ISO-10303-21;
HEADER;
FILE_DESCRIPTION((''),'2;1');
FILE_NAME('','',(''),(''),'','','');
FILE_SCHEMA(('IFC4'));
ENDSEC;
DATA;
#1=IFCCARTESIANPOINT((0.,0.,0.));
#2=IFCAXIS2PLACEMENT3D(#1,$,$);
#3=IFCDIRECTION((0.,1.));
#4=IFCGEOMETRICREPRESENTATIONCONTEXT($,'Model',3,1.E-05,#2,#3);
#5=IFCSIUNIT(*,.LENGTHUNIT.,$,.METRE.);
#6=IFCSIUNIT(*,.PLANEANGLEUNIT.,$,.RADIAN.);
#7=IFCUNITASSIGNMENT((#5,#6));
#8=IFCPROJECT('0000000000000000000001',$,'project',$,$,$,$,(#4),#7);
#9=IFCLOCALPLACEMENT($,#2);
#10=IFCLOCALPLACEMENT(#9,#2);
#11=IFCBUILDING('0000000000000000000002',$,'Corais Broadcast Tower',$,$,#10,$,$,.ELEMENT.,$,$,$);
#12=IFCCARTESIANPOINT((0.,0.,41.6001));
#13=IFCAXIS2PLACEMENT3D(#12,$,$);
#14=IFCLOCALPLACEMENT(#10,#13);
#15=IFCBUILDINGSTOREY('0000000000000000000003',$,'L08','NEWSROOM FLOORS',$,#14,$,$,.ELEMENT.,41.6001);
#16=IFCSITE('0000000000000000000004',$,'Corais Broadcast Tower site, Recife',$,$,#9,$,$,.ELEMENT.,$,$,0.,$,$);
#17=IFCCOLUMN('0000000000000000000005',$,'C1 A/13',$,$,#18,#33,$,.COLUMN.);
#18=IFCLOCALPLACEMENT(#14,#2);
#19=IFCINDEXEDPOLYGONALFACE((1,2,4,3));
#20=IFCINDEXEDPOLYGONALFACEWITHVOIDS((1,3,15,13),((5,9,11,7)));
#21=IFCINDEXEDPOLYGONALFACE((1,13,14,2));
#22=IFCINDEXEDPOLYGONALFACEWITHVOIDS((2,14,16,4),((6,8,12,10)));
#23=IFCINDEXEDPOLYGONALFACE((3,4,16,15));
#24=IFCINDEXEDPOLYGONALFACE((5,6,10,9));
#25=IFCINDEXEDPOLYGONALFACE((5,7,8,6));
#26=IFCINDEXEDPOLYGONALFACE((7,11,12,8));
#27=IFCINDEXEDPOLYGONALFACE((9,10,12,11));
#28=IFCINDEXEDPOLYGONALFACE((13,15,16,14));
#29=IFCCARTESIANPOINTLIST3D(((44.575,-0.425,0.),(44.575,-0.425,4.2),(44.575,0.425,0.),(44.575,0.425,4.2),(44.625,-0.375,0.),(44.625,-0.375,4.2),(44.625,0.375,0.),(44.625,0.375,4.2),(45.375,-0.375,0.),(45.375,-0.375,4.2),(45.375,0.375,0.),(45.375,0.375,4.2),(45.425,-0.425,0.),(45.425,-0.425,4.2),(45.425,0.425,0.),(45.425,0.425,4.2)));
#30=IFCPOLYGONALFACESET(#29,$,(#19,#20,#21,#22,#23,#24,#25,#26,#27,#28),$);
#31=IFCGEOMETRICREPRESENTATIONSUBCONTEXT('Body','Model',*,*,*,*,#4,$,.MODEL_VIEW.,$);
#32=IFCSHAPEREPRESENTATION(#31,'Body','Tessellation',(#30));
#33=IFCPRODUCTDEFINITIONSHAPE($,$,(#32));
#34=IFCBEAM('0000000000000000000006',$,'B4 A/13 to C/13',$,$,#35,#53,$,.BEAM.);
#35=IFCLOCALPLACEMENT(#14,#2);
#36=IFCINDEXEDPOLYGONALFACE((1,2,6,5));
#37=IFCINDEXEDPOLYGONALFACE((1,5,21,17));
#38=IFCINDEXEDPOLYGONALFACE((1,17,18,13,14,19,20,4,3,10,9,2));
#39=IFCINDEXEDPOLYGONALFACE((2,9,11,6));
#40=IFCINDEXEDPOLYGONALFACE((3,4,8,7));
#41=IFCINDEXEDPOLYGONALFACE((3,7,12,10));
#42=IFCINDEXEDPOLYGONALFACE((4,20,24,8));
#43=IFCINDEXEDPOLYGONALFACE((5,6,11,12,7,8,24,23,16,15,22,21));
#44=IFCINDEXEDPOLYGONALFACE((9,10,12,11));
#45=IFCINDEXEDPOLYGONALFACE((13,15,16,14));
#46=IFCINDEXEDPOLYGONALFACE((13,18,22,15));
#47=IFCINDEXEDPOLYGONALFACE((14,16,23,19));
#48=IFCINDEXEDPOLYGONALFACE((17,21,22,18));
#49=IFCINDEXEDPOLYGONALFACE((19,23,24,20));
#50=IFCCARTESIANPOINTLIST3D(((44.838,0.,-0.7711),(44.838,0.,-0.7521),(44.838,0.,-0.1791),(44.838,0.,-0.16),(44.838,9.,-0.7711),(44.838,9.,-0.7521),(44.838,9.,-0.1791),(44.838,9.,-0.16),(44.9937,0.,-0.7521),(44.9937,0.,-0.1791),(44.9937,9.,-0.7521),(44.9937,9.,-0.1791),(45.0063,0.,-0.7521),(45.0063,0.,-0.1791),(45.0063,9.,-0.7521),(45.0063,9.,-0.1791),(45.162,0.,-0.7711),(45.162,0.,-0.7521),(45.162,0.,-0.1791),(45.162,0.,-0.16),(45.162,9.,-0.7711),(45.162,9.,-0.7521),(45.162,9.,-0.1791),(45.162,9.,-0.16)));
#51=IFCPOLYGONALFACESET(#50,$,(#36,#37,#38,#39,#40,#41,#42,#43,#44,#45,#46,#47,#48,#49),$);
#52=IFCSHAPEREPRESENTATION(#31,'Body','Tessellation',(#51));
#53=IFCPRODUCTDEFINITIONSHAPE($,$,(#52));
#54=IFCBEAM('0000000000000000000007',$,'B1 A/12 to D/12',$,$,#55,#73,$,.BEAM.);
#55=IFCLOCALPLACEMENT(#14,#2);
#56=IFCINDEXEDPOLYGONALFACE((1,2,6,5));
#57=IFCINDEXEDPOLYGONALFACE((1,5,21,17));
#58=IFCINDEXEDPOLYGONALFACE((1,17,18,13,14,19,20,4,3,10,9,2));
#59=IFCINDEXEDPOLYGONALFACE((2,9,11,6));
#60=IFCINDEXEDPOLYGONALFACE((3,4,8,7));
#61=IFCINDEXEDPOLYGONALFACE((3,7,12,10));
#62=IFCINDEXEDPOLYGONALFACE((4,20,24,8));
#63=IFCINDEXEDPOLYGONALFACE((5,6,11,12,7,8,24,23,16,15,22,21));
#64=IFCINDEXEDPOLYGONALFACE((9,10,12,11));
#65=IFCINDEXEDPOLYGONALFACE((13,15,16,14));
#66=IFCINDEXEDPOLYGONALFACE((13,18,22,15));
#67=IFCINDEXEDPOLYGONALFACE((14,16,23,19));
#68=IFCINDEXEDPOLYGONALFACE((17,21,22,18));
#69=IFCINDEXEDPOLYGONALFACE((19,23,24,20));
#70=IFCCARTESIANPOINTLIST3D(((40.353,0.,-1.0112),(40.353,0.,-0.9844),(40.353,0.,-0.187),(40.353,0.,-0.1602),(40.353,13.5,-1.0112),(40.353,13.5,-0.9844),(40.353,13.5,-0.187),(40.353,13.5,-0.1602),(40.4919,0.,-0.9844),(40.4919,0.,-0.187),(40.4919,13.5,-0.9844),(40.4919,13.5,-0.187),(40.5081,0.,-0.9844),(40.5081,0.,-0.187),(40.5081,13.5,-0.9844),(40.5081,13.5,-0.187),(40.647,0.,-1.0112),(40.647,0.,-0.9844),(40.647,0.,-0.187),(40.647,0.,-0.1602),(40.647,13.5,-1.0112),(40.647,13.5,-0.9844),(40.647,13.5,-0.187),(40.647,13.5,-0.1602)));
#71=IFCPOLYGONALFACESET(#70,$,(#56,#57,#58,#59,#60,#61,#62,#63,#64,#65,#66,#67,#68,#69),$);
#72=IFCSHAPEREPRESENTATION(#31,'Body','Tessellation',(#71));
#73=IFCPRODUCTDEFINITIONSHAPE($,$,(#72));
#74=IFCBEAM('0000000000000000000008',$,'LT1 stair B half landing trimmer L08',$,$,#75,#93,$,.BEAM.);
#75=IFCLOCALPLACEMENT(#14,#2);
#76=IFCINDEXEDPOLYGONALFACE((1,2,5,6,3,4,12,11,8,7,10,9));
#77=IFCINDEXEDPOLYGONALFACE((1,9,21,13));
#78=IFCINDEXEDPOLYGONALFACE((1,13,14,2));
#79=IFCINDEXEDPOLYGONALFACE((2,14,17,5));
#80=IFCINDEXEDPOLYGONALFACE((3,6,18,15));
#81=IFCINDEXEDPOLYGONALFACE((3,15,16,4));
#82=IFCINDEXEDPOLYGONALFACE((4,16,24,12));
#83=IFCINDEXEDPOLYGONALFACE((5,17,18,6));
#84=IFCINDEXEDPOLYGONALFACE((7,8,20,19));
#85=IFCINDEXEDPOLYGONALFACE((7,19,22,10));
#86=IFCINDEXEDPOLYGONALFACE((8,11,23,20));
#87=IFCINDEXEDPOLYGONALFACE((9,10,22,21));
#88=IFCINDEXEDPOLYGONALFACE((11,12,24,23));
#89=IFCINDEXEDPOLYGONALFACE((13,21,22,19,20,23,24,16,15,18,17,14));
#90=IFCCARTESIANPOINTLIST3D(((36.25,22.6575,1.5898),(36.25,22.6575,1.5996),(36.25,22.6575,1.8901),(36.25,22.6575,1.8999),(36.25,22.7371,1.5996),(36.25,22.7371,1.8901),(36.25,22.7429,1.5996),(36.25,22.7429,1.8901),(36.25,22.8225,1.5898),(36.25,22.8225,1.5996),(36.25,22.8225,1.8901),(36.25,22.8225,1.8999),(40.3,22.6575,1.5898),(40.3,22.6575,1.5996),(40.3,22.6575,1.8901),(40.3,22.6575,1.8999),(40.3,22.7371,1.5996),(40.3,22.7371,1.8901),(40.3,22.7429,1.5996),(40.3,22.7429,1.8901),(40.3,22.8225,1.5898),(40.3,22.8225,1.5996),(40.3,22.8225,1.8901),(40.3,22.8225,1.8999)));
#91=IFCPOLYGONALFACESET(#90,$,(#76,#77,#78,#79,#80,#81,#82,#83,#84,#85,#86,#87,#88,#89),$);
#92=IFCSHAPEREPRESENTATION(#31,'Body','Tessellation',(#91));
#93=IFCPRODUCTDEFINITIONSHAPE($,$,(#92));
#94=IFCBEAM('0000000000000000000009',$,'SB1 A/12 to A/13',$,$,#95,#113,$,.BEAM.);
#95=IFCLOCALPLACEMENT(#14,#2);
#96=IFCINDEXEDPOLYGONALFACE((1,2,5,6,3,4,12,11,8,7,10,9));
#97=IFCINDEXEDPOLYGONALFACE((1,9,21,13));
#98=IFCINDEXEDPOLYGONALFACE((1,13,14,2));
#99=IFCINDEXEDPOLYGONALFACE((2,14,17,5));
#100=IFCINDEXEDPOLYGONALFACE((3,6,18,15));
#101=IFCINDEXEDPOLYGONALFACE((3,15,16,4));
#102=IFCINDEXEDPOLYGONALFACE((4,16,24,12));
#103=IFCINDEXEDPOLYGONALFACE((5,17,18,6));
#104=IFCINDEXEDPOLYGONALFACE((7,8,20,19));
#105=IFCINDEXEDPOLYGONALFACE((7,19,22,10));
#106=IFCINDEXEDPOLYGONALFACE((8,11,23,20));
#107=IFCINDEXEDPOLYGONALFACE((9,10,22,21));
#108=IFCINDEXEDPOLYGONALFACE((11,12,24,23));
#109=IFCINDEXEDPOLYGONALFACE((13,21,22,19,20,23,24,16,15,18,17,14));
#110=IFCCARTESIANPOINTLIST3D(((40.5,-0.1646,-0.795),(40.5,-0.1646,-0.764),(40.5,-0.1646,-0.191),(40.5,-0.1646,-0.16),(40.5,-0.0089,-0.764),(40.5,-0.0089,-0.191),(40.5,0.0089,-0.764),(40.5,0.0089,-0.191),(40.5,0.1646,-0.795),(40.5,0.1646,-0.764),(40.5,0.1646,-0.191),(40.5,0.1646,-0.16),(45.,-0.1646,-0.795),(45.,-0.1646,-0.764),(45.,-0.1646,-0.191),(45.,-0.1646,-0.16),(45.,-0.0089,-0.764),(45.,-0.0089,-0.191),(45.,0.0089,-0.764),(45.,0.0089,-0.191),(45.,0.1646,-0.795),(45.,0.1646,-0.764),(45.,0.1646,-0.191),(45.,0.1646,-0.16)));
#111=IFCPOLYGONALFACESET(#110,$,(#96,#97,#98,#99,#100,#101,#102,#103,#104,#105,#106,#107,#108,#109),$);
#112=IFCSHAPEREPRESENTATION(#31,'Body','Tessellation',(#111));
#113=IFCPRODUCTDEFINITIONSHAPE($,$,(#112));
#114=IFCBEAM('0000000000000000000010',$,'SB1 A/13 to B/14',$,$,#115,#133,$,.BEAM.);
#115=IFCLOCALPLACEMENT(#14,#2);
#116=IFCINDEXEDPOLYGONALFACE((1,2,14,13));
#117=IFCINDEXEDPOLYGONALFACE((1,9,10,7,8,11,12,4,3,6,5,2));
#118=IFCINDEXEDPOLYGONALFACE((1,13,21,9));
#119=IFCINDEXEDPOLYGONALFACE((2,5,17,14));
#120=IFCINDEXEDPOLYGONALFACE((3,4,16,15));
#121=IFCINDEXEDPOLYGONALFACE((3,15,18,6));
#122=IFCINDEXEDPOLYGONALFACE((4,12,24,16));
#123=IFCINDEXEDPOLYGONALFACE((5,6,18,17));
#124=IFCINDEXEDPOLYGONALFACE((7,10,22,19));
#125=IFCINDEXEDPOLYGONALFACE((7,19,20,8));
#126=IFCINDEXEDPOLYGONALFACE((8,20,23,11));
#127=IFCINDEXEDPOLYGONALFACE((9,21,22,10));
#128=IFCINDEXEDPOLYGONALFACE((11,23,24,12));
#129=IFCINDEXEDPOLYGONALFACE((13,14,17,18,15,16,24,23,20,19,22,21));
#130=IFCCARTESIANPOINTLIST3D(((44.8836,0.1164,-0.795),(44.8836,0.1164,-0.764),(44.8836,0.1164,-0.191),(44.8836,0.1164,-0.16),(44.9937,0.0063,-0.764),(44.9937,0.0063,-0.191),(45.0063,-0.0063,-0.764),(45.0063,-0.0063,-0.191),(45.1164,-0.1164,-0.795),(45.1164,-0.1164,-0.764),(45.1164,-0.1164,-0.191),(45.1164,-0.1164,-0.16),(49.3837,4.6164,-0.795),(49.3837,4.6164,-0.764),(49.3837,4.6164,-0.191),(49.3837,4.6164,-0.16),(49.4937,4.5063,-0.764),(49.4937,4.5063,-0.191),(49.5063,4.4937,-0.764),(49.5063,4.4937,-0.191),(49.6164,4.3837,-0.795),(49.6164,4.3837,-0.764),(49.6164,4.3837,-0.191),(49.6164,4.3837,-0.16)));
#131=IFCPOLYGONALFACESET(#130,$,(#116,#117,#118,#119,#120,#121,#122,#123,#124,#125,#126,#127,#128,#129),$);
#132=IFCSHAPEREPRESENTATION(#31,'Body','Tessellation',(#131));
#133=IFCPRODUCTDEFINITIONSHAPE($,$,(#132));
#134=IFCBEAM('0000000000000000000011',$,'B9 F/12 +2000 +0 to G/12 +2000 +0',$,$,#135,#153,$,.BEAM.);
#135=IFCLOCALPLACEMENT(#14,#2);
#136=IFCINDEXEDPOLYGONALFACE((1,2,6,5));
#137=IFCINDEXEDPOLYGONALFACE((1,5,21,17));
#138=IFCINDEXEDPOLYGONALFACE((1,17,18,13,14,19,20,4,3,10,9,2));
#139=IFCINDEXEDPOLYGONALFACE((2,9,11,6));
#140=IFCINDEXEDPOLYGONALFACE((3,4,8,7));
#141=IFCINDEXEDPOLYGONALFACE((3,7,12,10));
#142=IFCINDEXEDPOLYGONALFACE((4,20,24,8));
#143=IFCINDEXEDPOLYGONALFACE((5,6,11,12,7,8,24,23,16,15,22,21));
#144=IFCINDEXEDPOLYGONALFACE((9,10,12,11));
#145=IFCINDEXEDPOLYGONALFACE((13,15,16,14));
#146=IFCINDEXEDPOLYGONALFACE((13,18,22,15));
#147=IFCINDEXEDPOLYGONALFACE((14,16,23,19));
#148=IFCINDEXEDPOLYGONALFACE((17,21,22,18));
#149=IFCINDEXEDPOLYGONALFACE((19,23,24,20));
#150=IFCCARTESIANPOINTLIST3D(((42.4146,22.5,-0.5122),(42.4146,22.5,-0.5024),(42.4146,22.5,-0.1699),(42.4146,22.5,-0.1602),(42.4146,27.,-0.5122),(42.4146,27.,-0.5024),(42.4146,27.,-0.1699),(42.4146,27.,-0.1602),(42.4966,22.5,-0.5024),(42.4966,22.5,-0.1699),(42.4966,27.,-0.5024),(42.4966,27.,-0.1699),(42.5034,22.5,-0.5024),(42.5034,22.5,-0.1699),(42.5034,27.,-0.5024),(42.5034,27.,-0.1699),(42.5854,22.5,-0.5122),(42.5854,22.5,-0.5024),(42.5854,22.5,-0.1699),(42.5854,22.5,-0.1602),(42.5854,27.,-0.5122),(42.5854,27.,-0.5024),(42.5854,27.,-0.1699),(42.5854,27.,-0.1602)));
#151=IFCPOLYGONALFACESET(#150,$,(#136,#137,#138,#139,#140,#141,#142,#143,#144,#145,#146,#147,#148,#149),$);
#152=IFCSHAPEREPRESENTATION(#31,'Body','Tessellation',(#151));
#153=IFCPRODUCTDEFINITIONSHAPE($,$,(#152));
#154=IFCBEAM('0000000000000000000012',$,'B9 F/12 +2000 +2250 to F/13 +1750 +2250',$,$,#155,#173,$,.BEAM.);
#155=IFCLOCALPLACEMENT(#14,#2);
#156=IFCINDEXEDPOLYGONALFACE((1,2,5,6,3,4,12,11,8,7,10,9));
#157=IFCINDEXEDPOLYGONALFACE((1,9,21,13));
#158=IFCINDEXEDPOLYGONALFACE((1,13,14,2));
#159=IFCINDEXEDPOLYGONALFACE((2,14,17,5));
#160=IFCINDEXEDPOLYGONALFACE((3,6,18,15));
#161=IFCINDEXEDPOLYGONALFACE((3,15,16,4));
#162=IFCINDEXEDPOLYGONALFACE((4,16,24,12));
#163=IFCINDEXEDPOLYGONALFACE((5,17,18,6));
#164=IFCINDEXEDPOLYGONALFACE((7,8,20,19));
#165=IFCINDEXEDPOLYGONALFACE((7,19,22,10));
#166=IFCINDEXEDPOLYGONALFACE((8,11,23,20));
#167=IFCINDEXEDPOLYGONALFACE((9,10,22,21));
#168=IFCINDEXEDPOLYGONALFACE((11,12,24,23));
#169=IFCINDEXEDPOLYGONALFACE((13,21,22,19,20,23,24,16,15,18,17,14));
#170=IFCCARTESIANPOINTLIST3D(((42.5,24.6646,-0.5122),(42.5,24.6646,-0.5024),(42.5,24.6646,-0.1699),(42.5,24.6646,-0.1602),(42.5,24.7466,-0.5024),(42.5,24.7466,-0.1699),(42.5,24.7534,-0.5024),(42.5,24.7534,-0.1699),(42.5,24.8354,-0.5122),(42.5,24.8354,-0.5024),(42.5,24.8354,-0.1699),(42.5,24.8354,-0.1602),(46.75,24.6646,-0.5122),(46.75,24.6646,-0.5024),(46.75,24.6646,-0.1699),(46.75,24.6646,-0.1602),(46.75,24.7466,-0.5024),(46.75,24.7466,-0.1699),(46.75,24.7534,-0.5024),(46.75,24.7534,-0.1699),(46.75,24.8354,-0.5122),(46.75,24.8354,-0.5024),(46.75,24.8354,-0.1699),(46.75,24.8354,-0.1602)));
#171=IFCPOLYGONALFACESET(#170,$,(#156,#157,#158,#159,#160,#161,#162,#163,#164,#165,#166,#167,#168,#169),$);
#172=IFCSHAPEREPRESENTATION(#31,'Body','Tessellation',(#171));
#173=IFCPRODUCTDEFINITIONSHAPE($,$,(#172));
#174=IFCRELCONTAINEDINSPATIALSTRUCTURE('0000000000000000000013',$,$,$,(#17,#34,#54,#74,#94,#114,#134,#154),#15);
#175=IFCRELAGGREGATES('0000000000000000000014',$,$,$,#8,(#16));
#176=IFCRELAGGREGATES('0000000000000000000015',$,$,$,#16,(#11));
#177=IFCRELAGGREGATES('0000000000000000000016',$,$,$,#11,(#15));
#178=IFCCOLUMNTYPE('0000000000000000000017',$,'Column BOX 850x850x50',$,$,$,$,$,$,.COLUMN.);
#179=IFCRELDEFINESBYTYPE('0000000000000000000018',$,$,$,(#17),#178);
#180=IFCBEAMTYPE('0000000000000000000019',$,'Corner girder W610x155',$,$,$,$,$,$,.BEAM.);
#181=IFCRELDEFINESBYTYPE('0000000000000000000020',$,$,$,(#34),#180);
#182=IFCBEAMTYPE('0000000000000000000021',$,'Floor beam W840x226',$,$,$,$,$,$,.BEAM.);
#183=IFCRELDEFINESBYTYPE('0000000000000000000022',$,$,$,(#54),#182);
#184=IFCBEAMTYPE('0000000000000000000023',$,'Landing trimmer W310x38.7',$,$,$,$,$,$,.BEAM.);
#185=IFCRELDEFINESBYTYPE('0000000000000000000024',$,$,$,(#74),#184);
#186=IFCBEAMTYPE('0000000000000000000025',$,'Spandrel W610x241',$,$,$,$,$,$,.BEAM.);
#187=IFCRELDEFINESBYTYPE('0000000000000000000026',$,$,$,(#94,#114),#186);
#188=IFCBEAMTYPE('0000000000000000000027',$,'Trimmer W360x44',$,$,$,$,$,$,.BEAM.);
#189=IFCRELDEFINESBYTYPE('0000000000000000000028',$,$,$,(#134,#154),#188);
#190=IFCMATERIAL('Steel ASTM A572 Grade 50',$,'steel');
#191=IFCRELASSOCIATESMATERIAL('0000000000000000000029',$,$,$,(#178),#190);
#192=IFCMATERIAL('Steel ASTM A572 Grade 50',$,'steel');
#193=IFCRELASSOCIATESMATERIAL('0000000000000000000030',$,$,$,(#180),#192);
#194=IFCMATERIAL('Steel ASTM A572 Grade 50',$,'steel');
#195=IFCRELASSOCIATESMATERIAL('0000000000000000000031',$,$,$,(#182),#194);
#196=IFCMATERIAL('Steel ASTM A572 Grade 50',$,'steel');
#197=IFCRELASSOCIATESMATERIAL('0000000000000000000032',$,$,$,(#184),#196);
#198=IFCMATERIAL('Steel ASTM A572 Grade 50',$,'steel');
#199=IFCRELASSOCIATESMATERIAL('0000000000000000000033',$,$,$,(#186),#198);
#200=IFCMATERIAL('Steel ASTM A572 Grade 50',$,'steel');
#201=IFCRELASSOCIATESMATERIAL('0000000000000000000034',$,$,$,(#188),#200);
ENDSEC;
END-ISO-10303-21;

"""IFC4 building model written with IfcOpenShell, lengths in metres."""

from ifc_helpers import new_model, si_unit, direction, frame, origin, origin_2d, place, context, subcontext, project, spatial, hollow_rectangle, i_section, extrude, material, material_profile, profile_set, type_object, element, save


model = new_model("IFC4")

# Units and contexts
model_context = context("Model", 3, precision=1e-05, world=origin(), true_north=direction((0.0, 1.0)))
body_context = subcontext(model_context, "Body", "Model", "MODEL_VIEW")
ifc_project = project(units=[si_unit("LENGTHUNIT", "METRE"), si_unit("PLANEANGLEUNIT", "RADIAN")], contexts=[model_context])

# Site, building, storey
site_placement = place(None, origin())
site = spatial("IfcSite", under=ifc_project, at=site_placement, Name="Corais Broadcast Tower site, Recife", CompositionType="ELEMENT", RefElevation=0.0)
building_placement = place(site_placement, origin())
building = spatial("IfcBuilding", under=site, at=building_placement, Name="Corais Broadcast Tower", CompositionType="ELEMENT")
storey_placement = place(building_placement, frame((0.0, 0.0, 41.6001)))
storey = spatial("IfcBuildingStorey", under=building, at=storey_placement, Name="L08", Description="NEWSROOM FLOORS", CompositionType="ELEMENT", Elevation=41.6001)

# Column
ifc_material_1 = material(Name="Steel ASTM A572 Grade 50", Category="steel")
ifc_material_profile_1 = material_profile(ifc_material_1, hollow_rectangle(XDim=0.8501, YDim=0.8501, WallThickness=0.05, at=origin_2d()), Name="BOX 850x850x50")
ifc_profile_set_1 = profile_set([ifc_material_profile_1], Name="Steel ASTM A572 Grade 50")
column_type = type_object("IfcColumnType", Name="Column BOX 850x850x50", PredefinedType="COLUMN", material=ifc_profile_set_1)
column_placement = place(storey_placement, frame((45.0, 0.0, 0.0), z_axis=(0.0, 0.0, 1.0), x_axis=(1.0, 0.0, 0.0)))
element("IfcColumn", 1, at=column_placement, inside=storey, type_object=column_type, Name="C1 A/13", PredefinedType="COLUMN", context=body_context, shape_type="SweptSolid", body=[
    extrude(hollow_rectangle(XDim=0.8501, YDim=0.8501, WallThickness=0.05, at=origin_2d()), origin(), (0.0, 0.0, 1.0), 4.2),
])

# Beams
ifc_material_2 = material(Name="Steel ASTM A572 Grade 50", Category="steel")
ifc_material_profile_2 = material_profile(ifc_material_2, i_section(OverallWidth=0.324, OverallDepth=0.6111, WebThickness=0.0127, FlangeThickness=0.019, at=origin_2d()), Name="W610x155")
ifc_profile_set_2 = profile_set([ifc_material_profile_2], Name="Steel ASTM A572 Grade 50")
beam_type_1 = type_object("IfcBeamType", Name="Corner girder W610x155", PredefinedType="BEAM", material=ifc_profile_set_2)
beam_1_placement = place(storey_placement, frame((45.0, 0.0, -0.4656), z_axis=(0.0, 1.0, 0.0), x_axis=(-1.0, 0.0, 0.0)))
element("IfcBeam", 2, at=beam_1_placement, inside=storey, type_object=beam_type_1, Name="B4 A/13 to C/13", PredefinedType="BEAM", context=body_context, shape_type="SweptSolid", body=[
    extrude(i_section(OverallWidth=0.324, OverallDepth=0.6111, WebThickness=0.0127, FlangeThickness=0.019, at=origin_2d()), origin(), (0.0, 0.0, 1.0), 9.0),
])
ifc_material_3 = material(Name="Steel ASTM A572 Grade 50", Category="steel")
ifc_material_profile_3 = material_profile(ifc_material_3, i_section(OverallWidth=0.2939, OverallDepth=0.8511, WebThickness=0.0161, FlangeThickness=0.0269, at=origin_2d()), Name="W840x226")
ifc_profile_set_3 = profile_set([ifc_material_profile_3], Name="Steel ASTM A572 Grade 50")
beam_type_2 = type_object("IfcBeamType", Name="Floor beam W840x226", PredefinedType="BEAM", material=ifc_profile_set_3)
beam_2_placement = place(storey_placement, frame((40.5, 0.0, -0.5857), z_axis=(0.0, 1.0, 0.0), x_axis=(-1.0, 0.0, 0.0)))
element("IfcBeam", 3, at=beam_2_placement, inside=storey, type_object=beam_type_2, Name="B1 A/12 to D/12", PredefinedType="BEAM", context=body_context, shape_type="SweptSolid", body=[
    extrude(i_section(OverallWidth=0.2939, OverallDepth=0.8511, WebThickness=0.0161, FlangeThickness=0.0269, at=origin_2d()), origin(), (0.0, 0.0, 1.0), 13.5),
])
ifc_material_4 = material(Name="Steel ASTM A572 Grade 50", Category="steel")
ifc_material_profile_4 = material_profile(ifc_material_4, i_section(OverallWidth=0.165, OverallDepth=0.3101, WebThickness=0.0059, FlangeThickness=0.0098, at=origin_2d()), Name="W310x38.7")
ifc_profile_set_4 = profile_set([ifc_material_profile_4], Name="Steel ASTM A572 Grade 50")
beam_type_3 = type_object("IfcBeamType", Name="Landing trimmer W310x38.7", PredefinedType="BEAM", material=ifc_profile_set_4)
beam_3_placement = place(storey_placement, frame((36.25, 22.74, 1.7449), z_axis=(1.0, 0.0, 0.0), x_axis=(0.0, 1.0, 0.0)))
element("IfcBeam", 4, at=beam_3_placement, inside=storey, type_object=beam_type_3, Name="LT1 stair B half landing trimmer L08", PredefinedType="BEAM", context=body_context, shape_type="SweptSolid", body=[
    extrude(i_section(OverallWidth=0.165, OverallDepth=0.3101, WebThickness=0.0059, FlangeThickness=0.0098, at=origin_2d()), origin(), (0.0, 0.0, 1.0), 4.05),
])
ifc_material_5 = material(Name="Steel ASTM A572 Grade 50", Category="steel")
ifc_material_profile_5 = material_profile(ifc_material_5, i_section(OverallWidth=0.3291, OverallDepth=0.635, WebThickness=0.0178, FlangeThickness=0.031, at=origin_2d()), Name="W610x241")
ifc_profile_set_5 = profile_set([ifc_material_profile_5], Name="Steel ASTM A572 Grade 50")
beam_type_4 = type_object("IfcBeamType", Name="Spandrel W610x241", PredefinedType="BEAM", material=ifc_profile_set_5)
beam_4_placement = place(storey_placement, frame((40.5, 0.0, -0.4775), z_axis=(1.0, 0.0, 0.0), x_axis=(0.0, 1.0, 0.0)))
element("IfcBeam", 5, at=beam_4_placement, inside=storey, type_object=beam_type_4, Name="SB1 A/12 to A/13", PredefinedType="BEAM", context=body_context, shape_type="SweptSolid", body=[
    extrude(i_section(OverallWidth=0.3291, OverallDepth=0.635, WebThickness=0.0178, FlangeThickness=0.031, at=origin_2d()), origin(), (0.0, 0.0, 1.0), 4.5),
])
beam_5_placement = place(storey_placement, frame((45.0, 0.0, -0.4775), z_axis=(0.707107, 0.707107, 0.0), x_axis=(-0.707107, 0.707107, 0.0)))
element("IfcBeam", 6, at=beam_5_placement, inside=storey, type_object=beam_type_4, Name="SB1 A/13 to B/14", PredefinedType="BEAM", context=body_context, shape_type="SweptSolid", body=[
    extrude(i_section(OverallWidth=0.3291, OverallDepth=0.635, WebThickness=0.0178, FlangeThickness=0.031, at=origin_2d()), origin(), (0.0, 0.0, 1.0), 6.364),
])
ifc_material_6 = material(Name="Steel ASTM A572 Grade 50", Category="steel")
ifc_material_profile_6 = material_profile(ifc_material_6, i_section(OverallWidth=0.1709, OverallDepth=0.3521, WebThickness=0.0068, FlangeThickness=0.0098, at=origin_2d()), Name="W360x44")
ifc_profile_set_6 = profile_set([ifc_material_profile_6], Name="Steel ASTM A572 Grade 50")
beam_type_5 = type_object("IfcBeamType", Name="Trimmer W360x44", PredefinedType="BEAM", material=ifc_profile_set_6)
beam_6_placement = place(storey_placement, frame((42.5, 22.5, -0.3362), z_axis=(0.0, 1.0, 0.0), x_axis=(-1.0, 0.0, 0.0)))
element("IfcBeam", 7, at=beam_6_placement, inside=storey, type_object=beam_type_5, Name="B9 F/12 +2000 +0 to G/12 +2000 +0", PredefinedType="BEAM", context=body_context, shape_type="SweptSolid", body=[
    extrude(i_section(OverallWidth=0.1709, OverallDepth=0.3521, WebThickness=0.0068, FlangeThickness=0.0098, at=origin_2d()), origin(), (0.0, 0.0, 1.0), 4.5),
])
beam_7_placement = place(storey_placement, frame((42.5, 24.75, -0.3362), z_axis=(1.0, 0.0, 0.0), x_axis=(0.0, 1.0, 0.0)))
element("IfcBeam", 8, at=beam_7_placement, inside=storey, type_object=beam_type_5, Name="B9 F/12 +2000 +2250 to F/13 +1750 +2250", PredefinedType="BEAM", context=body_context, shape_type="SweptSolid", body=[
    extrude(i_section(OverallWidth=0.1709, OverallDepth=0.3521, WebThickness=0.0068, FlangeThickness=0.0098, at=origin_2d()), origin(), (0.0, 0.0, 1.0), 4.25),
])

save(model, "model.ifc")
